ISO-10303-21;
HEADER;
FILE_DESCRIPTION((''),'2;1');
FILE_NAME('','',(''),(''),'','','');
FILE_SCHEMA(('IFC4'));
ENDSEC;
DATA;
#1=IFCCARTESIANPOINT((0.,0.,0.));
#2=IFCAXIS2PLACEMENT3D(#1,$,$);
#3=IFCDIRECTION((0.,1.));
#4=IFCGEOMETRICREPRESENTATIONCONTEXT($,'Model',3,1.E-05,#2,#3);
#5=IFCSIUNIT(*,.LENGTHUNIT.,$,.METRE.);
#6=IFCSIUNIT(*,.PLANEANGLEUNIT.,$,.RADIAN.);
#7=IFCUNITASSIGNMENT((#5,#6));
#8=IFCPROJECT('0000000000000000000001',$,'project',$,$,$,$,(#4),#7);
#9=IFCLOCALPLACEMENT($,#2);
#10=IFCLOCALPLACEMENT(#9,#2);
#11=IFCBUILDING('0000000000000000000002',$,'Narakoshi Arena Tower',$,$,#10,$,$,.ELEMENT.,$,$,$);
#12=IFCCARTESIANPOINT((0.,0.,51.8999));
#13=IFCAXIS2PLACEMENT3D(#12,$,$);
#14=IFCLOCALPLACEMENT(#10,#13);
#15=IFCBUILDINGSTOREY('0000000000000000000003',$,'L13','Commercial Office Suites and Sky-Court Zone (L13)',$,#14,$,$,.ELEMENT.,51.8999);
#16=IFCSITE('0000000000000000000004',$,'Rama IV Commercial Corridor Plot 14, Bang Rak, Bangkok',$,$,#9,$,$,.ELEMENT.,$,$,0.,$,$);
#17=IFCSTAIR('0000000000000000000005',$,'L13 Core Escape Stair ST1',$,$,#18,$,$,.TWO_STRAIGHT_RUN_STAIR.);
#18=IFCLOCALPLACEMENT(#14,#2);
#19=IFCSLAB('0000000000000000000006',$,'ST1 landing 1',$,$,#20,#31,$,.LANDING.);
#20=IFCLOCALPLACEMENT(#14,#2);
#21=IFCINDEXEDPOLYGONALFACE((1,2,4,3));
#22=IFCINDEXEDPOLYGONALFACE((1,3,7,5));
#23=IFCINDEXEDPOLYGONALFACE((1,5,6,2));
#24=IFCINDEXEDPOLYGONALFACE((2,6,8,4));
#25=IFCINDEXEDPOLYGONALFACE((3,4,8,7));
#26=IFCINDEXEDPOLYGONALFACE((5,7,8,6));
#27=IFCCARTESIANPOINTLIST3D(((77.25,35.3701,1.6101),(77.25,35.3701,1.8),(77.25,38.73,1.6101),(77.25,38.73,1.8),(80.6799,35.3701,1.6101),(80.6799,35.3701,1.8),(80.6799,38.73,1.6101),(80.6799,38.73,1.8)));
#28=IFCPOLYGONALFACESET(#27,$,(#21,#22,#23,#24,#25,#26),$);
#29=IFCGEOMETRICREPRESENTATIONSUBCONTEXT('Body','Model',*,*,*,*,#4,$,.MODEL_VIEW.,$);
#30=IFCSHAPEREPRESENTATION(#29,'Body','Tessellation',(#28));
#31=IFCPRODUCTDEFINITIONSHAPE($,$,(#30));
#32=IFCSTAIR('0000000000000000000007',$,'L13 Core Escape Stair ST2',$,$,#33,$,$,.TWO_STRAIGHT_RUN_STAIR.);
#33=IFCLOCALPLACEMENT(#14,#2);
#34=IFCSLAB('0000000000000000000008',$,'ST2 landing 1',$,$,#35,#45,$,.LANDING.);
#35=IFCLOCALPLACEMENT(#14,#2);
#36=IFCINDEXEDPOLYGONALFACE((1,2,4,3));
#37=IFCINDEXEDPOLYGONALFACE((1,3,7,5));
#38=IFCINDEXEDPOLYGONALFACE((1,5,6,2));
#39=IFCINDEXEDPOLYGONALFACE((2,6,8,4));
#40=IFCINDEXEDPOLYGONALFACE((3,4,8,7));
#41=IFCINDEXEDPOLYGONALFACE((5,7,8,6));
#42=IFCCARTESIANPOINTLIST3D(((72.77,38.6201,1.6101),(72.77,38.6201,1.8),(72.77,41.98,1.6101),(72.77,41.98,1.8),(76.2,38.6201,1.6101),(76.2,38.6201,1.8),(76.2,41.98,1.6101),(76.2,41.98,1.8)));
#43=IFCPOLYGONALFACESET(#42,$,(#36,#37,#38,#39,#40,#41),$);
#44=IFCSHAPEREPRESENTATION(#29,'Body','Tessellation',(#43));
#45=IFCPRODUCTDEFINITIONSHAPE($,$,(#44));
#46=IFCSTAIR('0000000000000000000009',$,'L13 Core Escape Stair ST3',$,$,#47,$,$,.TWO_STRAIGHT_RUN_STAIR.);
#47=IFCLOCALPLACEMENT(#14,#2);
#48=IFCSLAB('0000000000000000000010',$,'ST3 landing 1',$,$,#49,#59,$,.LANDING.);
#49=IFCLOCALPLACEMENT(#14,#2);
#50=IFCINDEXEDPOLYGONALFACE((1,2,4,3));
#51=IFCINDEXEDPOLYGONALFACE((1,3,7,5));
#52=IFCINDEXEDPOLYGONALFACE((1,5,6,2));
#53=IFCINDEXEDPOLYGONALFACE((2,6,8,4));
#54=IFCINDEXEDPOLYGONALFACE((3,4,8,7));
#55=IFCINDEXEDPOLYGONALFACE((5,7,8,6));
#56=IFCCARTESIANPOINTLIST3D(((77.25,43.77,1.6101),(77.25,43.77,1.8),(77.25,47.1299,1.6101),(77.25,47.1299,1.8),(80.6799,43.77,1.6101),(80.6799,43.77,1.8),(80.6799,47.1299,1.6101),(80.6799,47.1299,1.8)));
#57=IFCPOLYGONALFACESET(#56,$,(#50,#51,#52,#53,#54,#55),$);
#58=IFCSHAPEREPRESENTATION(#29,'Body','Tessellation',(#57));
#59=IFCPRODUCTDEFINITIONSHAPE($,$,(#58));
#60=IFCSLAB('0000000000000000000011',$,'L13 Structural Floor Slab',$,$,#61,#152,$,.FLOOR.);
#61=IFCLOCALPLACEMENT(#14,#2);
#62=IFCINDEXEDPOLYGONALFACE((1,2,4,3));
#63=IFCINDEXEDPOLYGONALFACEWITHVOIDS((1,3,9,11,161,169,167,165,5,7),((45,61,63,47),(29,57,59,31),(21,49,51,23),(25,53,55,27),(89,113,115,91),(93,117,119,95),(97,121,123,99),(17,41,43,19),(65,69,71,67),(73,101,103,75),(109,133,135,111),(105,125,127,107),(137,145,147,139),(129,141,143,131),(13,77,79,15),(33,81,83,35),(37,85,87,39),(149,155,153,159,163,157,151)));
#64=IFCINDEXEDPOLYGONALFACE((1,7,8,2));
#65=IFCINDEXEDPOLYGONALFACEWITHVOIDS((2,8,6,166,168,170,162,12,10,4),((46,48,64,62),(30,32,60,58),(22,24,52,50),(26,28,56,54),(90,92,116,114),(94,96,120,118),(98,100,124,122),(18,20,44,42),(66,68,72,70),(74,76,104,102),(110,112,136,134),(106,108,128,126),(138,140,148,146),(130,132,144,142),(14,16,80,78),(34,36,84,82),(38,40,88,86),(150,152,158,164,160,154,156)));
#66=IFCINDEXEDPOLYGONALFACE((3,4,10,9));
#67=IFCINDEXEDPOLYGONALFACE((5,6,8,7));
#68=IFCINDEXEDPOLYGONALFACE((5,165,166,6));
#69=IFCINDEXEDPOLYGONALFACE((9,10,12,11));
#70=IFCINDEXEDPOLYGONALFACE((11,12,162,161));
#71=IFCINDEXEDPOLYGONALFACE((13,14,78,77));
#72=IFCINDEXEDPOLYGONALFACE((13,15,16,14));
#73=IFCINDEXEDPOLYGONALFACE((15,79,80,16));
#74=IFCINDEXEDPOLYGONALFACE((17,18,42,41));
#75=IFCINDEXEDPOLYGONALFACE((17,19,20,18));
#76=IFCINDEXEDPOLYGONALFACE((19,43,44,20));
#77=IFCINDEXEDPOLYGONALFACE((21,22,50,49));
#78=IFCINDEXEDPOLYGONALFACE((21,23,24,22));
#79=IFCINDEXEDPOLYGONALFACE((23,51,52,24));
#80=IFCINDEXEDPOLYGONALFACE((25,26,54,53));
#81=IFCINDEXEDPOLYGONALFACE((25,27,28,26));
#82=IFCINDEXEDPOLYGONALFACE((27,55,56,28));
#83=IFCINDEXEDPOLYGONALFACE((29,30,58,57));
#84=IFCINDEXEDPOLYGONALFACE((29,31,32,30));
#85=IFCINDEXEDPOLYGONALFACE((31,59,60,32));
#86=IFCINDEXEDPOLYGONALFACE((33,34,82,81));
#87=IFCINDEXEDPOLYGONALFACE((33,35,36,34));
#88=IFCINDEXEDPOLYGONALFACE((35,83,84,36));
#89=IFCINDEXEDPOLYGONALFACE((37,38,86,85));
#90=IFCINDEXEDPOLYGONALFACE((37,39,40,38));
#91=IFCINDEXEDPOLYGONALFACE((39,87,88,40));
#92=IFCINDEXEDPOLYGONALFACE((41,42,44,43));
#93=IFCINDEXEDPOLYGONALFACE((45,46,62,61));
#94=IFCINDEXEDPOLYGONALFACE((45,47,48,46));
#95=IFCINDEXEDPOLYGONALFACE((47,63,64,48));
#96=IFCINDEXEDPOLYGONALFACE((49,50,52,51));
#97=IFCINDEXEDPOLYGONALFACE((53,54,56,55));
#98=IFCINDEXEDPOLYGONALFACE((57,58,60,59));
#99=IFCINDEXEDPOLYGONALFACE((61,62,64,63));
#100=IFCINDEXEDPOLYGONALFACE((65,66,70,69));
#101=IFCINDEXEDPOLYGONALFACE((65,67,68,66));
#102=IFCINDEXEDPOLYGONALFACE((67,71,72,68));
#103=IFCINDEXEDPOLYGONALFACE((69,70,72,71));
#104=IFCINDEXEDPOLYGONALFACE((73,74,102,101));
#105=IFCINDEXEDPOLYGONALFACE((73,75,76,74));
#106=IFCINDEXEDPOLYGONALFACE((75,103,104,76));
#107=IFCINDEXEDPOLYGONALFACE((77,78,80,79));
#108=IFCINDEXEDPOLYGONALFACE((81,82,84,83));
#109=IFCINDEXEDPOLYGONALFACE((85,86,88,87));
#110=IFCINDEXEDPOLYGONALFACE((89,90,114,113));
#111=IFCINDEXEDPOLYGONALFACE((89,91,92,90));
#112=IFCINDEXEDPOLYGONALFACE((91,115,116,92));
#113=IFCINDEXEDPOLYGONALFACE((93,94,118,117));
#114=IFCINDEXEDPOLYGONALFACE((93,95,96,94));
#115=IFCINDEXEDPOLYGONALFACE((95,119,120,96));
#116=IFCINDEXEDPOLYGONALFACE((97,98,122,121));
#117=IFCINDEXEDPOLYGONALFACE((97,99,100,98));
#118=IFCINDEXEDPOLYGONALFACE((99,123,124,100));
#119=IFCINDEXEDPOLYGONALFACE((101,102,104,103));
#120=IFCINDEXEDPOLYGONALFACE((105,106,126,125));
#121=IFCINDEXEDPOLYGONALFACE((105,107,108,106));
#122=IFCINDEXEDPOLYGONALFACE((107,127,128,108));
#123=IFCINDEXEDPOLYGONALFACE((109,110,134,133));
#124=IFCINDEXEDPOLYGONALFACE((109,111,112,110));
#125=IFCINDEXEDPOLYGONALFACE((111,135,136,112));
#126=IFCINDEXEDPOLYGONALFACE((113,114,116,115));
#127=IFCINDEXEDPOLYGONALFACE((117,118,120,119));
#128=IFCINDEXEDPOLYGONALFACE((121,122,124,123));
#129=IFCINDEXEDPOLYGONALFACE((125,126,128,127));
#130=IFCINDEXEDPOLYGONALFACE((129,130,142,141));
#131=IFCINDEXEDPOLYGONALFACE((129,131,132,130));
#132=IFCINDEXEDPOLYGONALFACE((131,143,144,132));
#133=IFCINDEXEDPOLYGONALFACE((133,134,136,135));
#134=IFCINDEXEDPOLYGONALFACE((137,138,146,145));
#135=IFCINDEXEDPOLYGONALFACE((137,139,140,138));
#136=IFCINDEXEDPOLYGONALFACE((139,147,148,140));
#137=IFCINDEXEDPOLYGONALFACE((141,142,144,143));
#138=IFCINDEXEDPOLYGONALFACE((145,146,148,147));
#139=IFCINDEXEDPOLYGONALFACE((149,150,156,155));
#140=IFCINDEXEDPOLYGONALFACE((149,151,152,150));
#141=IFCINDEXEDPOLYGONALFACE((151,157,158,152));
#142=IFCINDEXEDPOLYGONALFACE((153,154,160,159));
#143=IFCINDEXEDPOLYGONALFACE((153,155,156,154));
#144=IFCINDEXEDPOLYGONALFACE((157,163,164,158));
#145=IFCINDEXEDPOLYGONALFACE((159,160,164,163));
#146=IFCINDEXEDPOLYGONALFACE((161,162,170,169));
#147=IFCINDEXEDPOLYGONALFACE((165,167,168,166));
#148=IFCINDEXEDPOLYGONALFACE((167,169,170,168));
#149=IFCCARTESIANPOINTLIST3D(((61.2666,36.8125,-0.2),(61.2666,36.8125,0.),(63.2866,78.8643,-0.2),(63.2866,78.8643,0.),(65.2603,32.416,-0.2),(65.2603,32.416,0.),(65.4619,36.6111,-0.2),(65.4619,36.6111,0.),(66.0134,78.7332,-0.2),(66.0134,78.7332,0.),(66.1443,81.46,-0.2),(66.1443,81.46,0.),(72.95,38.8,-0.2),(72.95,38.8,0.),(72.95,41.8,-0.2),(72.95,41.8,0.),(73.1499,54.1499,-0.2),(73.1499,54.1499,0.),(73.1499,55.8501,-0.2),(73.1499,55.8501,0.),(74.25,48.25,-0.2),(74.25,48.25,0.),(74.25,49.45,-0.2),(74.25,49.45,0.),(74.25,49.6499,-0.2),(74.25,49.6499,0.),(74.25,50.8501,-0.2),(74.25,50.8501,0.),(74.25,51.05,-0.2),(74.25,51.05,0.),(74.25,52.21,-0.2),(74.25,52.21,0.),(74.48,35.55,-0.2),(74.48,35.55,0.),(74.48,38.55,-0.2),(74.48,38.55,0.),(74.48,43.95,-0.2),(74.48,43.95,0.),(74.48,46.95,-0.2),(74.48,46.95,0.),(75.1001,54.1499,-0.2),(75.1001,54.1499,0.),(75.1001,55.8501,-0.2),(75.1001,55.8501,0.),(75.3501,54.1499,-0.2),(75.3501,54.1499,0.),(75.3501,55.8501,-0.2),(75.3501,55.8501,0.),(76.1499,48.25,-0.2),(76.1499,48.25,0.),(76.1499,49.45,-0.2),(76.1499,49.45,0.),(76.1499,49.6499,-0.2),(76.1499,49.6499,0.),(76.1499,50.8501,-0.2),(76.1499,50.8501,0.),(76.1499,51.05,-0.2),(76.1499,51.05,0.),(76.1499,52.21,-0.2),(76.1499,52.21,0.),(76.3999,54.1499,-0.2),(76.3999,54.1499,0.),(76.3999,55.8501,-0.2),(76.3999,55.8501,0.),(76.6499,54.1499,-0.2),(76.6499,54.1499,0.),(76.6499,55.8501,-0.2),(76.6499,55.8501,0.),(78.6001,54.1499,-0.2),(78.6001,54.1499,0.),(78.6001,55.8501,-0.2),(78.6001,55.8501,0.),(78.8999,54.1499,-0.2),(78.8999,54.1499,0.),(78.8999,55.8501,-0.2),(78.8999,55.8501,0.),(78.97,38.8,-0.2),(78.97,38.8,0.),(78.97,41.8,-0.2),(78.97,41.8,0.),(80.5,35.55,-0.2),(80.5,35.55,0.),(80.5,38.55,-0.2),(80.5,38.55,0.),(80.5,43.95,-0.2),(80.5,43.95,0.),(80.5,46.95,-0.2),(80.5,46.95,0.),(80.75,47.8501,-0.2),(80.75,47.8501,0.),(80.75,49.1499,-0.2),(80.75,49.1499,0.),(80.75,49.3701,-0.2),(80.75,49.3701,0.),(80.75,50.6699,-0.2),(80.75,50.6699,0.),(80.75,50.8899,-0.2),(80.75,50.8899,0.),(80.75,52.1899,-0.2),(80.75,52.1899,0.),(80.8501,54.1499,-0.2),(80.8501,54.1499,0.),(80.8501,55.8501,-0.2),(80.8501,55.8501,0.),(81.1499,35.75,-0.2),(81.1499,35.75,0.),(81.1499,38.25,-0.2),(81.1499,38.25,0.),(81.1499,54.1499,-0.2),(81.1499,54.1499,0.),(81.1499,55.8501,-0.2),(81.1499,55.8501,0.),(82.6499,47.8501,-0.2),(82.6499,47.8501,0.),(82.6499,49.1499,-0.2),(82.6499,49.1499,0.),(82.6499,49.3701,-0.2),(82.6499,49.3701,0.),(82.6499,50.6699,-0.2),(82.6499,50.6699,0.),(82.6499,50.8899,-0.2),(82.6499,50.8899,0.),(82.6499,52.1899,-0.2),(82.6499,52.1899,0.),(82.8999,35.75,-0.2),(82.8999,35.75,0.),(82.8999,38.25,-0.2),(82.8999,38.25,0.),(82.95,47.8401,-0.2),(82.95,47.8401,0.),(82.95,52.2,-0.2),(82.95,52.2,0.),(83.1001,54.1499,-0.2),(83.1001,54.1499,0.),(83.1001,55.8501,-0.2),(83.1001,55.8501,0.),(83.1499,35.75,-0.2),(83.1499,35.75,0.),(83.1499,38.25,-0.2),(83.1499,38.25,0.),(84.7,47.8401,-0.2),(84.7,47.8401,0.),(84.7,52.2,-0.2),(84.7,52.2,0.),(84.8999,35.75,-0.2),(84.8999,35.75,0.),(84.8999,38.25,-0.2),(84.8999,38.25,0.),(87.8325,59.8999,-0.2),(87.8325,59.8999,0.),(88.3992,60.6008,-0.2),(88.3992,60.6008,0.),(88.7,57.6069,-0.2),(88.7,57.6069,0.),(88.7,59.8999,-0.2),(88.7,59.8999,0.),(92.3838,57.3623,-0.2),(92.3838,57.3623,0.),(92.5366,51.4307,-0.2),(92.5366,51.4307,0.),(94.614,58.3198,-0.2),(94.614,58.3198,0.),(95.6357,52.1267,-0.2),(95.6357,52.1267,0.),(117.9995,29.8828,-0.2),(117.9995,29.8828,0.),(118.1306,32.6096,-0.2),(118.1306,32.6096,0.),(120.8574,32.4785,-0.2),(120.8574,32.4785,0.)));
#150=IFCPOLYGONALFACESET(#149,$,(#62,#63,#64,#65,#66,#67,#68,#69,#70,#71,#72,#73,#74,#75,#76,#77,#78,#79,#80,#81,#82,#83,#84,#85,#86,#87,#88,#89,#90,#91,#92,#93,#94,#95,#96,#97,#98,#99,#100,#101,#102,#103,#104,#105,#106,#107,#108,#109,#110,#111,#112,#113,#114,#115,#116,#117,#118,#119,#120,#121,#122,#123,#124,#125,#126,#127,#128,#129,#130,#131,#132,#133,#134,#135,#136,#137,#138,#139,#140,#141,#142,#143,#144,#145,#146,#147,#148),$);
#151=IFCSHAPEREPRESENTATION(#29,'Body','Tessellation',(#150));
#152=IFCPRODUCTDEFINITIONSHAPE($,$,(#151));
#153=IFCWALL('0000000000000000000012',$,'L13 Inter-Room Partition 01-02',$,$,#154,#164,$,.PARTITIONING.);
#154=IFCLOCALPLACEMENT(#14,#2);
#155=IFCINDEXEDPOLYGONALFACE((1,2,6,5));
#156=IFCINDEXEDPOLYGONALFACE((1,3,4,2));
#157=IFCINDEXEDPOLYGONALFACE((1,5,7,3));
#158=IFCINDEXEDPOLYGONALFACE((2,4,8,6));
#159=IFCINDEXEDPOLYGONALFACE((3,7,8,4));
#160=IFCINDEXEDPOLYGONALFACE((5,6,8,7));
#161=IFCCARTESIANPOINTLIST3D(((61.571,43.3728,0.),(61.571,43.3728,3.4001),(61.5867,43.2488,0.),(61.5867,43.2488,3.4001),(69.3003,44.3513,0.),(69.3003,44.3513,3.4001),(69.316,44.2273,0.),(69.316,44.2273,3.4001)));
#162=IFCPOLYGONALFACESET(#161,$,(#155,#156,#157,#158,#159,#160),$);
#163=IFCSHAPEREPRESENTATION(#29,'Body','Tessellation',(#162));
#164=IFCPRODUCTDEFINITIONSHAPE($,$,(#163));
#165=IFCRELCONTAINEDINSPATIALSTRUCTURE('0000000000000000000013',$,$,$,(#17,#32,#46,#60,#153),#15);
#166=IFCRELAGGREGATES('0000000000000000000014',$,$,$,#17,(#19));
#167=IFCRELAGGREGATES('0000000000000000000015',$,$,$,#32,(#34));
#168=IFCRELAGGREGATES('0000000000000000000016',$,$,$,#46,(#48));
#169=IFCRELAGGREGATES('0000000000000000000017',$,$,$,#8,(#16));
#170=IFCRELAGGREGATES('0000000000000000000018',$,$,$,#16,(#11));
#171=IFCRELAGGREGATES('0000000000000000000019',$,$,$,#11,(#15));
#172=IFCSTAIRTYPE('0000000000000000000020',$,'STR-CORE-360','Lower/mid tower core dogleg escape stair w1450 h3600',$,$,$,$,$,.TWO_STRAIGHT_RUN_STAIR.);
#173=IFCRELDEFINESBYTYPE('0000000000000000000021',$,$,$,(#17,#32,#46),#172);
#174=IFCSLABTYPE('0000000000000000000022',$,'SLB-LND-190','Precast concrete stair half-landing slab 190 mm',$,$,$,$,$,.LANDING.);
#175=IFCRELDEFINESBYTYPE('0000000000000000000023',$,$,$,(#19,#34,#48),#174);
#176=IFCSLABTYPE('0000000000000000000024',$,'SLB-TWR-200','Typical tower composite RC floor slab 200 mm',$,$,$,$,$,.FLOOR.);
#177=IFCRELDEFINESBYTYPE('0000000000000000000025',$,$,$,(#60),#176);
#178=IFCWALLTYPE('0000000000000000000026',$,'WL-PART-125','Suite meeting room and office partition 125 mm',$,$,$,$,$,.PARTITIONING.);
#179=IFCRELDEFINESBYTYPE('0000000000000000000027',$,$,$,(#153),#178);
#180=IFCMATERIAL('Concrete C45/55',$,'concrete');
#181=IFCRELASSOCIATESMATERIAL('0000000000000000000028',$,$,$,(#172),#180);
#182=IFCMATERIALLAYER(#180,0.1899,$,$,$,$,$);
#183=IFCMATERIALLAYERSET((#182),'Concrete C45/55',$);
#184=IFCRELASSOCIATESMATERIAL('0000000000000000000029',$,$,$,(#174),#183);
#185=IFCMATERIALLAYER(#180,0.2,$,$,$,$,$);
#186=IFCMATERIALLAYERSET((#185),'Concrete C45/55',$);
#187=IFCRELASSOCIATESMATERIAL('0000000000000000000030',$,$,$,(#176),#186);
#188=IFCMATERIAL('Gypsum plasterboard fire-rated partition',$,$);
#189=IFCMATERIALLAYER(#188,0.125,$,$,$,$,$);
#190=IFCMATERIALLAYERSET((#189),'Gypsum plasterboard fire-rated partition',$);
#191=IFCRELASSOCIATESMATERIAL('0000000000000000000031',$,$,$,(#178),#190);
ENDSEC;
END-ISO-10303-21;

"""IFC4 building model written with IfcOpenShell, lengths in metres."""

from ifc_helpers import new_model, si_unit, direction, frame, frame_2d, origin, place, context, subcontext, project, spatial, polyline, rectangle, outline, extrude, material, layer, layer_set, type_object, element, aggregate, save


model = new_model("IFC4")

# Units and contexts
model_context = context("Model", 3, precision=1e-05, world=origin(), true_north=direction((0.0, 1.0)))
body_context = subcontext(model_context, "Body", "Model", "MODEL_VIEW")
ifc_project = project(units=[si_unit("LENGTHUNIT", "METRE"), si_unit("PLANEANGLEUNIT", "RADIAN")], contexts=[model_context])

# Site, building, storey
site_placement = place(None, origin())
site = spatial("IfcSite", under=ifc_project, at=site_placement, Name="Rama IV Commercial Corridor Plot 14, Bang Rak, Bangkok", CompositionType="ELEMENT", RefElevation=0.0)
building_placement = place(site_placement, origin())
building = spatial("IfcBuilding", under=site, at=building_placement, Name="Narakoshi Arena Tower", CompositionType="ELEMENT")
storey_placement = place(building_placement, frame((0.0, 0.0, 51.8999)))
storey = spatial("IfcBuildingStorey", under=building, at=storey_placement, Name="L13", Description="Commercial Office Suites and Sky-Court Zone (L13)", CompositionType="ELEMENT", Elevation=51.8999)

# Stairs, slabs
ifc_material_1 = material(Name="Concrete C45/55", Category="concrete")
stair_type = type_object("IfcStairType", Name="STR-CORE-360", Description="Lower/mid tower core dogleg escape stair w1450 h3600", PredefinedType="TWO_STRAIGHT_RUN_STAIR", material=ifc_material_1)
stair_1_placement = place(storey_placement, origin())
stair_1 = element("IfcStair", 1, at=stair_1_placement, inside=storey, type_object=stair_type, Name="L13 Core Escape Stair ST1", PredefinedType="TWO_STRAIGHT_RUN_STAIR")
ifc_layer_1 = layer(ifc_material_1, 0.1899)
ifc_layer_set_1 = layer_set([ifc_layer_1], Name="Concrete C45/55")
slab_type_1 = type_object("IfcSlabType", Name="SLB-LND-190", Description="Precast concrete stair half-landing slab 190 mm", PredefinedType="LANDING", material=ifc_layer_set_1)
slab_1_placement = place(storey_placement, frame((0.0, 0.0, 1.6101)))
slab_1 = element("IfcSlab", 2, at=slab_1_placement, type_object=slab_type_1, Name="ST1 landing 1", PredefinedType="LANDING", context=body_context, shape_type="SweptSolid", body=[
    extrude(outline(polyline([(77.25, 35.3701), (80.6799, 35.3701), (80.6799, 38.73), (77.25, 38.73), (77.25, 35.3701)])), origin(), (0.0, 0.0, 1.0), 0.1899),
])
aggregate(stair_1, [slab_1])
stair_2_placement = place(storey_placement, origin())
stair_2 = element("IfcStair", 3, at=stair_2_placement, inside=storey, type_object=stair_type, Name="L13 Core Escape Stair ST2", PredefinedType="TWO_STRAIGHT_RUN_STAIR")
slab_2_placement = place(storey_placement, frame((0.0, 0.0, 1.6101)))
slab_2 = element("IfcSlab", 4, at=slab_2_placement, type_object=slab_type_1, Name="ST2 landing 1", PredefinedType="LANDING", context=body_context, shape_type="SweptSolid", body=[
    extrude(outline(polyline([(72.77, 38.6201), (76.2, 38.6201), (76.2, 41.98), (72.77, 41.98), (72.77, 38.6201)])), origin(), (0.0, 0.0, 1.0), 0.1899),
])
aggregate(stair_2, [slab_2])
stair_3_placement = place(storey_placement, origin())
stair_3 = element("IfcStair", 5, at=stair_3_placement, inside=storey, type_object=stair_type, Name="L13 Core Escape Stair ST3", PredefinedType="TWO_STRAIGHT_RUN_STAIR")
slab_3_placement = place(storey_placement, frame((0.0, 0.0, 1.6101)))
slab_3 = element("IfcSlab", 6, at=slab_3_placement, type_object=slab_type_1, Name="ST3 landing 1", PredefinedType="LANDING", context=body_context, shape_type="SweptSolid", body=[
    extrude(outline(polyline([(77.25, 43.77), (80.6799, 43.77), (80.6799, 47.1299), (77.25, 47.1299), (77.25, 43.77)])), origin(), (0.0, 0.0, 1.0), 0.1899),
])
aggregate(stair_3, [slab_3])

# Slab
ifc_layer_2 = layer(ifc_material_1, 0.2)
ifc_layer_set_2 = layer_set([ifc_layer_2], Name="Concrete C45/55")
slab_type_2 = type_object("IfcSlabType", Name="SLB-TWR-200", Description="Typical tower composite RC floor slab 200 mm", PredefinedType="FLOOR", material=ifc_layer_set_2)
slab_4_placement = place(storey_placement, frame((0.0, 0.0, -0.2)))
element("IfcSlab", 7, at=slab_4_placement, inside=storey, type_object=slab_type_2, Name="L13 Structural Floor Slab", PredefinedType="FLOOR", context=body_context, shape_type="SweptSolid", body=[
    extrude(outline(polyline([(65.2603, 32.416), (117.9995, 29.8828), (118.1306, 32.6096), (120.8574, 32.4785), (94.614, 58.3198), (66.1443, 81.46), (66.0134, 78.7332), (63.2866, 78.8643), (61.2666, 36.8125), (65.4619, 36.6111), (65.2603, 32.416)]), holes=[polyline([(74.48, 35.55), (74.48, 38.55), (80.5, 38.55), (80.5, 35.55), (74.48, 35.55)]), polyline([(81.1499, 35.75), (81.1499, 38.25), (82.8999, 38.25), (82.8999, 35.75), (81.1499, 35.75)]), polyline([(83.1499, 35.75), (83.1499, 38.25), (84.8999, 38.25), (84.8999, 35.75), (83.1499, 35.75)]), polyline([(72.95, 38.8), (72.95, 41.8), (78.97, 41.8), (78.97, 38.8), (72.95, 38.8)]), polyline([(74.48, 43.95), (74.48, 46.95), (80.5, 46.95), (80.5, 43.95), (74.48, 43.95)]), polyline([(82.95, 47.8401), (82.95, 52.2), (84.7, 52.2), (84.7, 47.8401), (82.95, 47.8401)]), polyline([(80.75, 47.8501), (80.75, 49.1499), (82.6499, 49.1499), (82.6499, 47.8501), (80.75, 47.8501)]), polyline([(74.25, 48.25), (74.25, 49.45), (76.1499, 49.45), (76.1499, 48.25), (74.25, 48.25)]), polyline([(80.75, 49.3701), (80.75, 50.6699), (82.6499, 50.6699), (82.6499, 49.3701), (80.75, 49.3701)]), polyline([(74.25, 49.6499), (74.25, 50.8501), (76.1499, 50.8501), (76.1499, 49.6499), (74.25, 49.6499)]), polyline([(80.75, 50.8899), (80.75, 52.1899), (82.6499, 52.1899), (82.6499, 50.8899), (80.75, 50.8899)]), polyline([(74.25, 51.05), (74.25, 52.21), (76.1499, 52.21), (76.1499, 51.05), (74.25, 51.05)]), polyline([(95.6357, 52.1267), (92.5366, 51.4307), (88.7, 57.6069), (88.7, 59.8999), (87.8325, 59.8999), (88.3992, 60.6008), (92.3838, 57.3623), (95.6357, 52.1267)]), polyline([(73.1499, 54.1499), (73.1499, 55.8501), (75.1001, 55.8501), (75.1001, 54.1499), (73.1499, 54.1499)]), polyline([(75.3501, 55.8501), (76.3999, 55.8501), (76.3999, 54.1499), (75.3501, 54.1499), (75.3501, 55.8501)]), polyline([(76.6499, 55.8501), (78.6001, 55.8501), (78.6001, 54.1499), (76.6499, 54.1499), (76.6499, 55.8501)]), polyline([(78.8999, 54.1499), (78.8999, 55.8501), (80.8501, 55.8501), (80.8501, 54.1499), (78.8999, 54.1499)]), polyline([(81.1499, 55.8501), (83.1001, 55.8501), (83.1001, 54.1499), (81.1499, 54.1499), (81.1499, 55.8501)])]), origin(), (0.0, 0.0, 1.0), 0.2),
])

# Wall
ifc_material_2 = material(Name="Gypsum plasterboard fire-rated partition")
ifc_layer_3 = layer(ifc_material_2, 0.125)
ifc_layer_set_3 = layer_set([ifc_layer_3], Name="Gypsum plasterboard fire-rated partition")
wall_type_1 = type_object("IfcWallType", Name="WL-PART-125", Description="Suite meeting room and office partition 125 mm", PredefinedType="PARTITIONING", material=ifc_layer_set_3)
wall_1_placement = place(storey_placement, frame((61.5789, 43.3108, 0.0), z_axis=(0.0, 0.0, 1.0), x_axis=(0.992081, 0.125597, 0.0)))
element("IfcWall", 8, at=wall_1_placement, inside=storey, type_object=wall_type_1, Name="L13 Inter-Room Partition 01-02", PredefinedType="PARTITIONING", context=body_context, shape_type="SweptSolid", body=[
    extrude(rectangle(XDim=7.791, YDim=0.125, at=frame_2d((3.8955, 0.0))), origin(), (0.0, 0.0, 1.0), 3.4001),
])

save(model, "model.ifc")
